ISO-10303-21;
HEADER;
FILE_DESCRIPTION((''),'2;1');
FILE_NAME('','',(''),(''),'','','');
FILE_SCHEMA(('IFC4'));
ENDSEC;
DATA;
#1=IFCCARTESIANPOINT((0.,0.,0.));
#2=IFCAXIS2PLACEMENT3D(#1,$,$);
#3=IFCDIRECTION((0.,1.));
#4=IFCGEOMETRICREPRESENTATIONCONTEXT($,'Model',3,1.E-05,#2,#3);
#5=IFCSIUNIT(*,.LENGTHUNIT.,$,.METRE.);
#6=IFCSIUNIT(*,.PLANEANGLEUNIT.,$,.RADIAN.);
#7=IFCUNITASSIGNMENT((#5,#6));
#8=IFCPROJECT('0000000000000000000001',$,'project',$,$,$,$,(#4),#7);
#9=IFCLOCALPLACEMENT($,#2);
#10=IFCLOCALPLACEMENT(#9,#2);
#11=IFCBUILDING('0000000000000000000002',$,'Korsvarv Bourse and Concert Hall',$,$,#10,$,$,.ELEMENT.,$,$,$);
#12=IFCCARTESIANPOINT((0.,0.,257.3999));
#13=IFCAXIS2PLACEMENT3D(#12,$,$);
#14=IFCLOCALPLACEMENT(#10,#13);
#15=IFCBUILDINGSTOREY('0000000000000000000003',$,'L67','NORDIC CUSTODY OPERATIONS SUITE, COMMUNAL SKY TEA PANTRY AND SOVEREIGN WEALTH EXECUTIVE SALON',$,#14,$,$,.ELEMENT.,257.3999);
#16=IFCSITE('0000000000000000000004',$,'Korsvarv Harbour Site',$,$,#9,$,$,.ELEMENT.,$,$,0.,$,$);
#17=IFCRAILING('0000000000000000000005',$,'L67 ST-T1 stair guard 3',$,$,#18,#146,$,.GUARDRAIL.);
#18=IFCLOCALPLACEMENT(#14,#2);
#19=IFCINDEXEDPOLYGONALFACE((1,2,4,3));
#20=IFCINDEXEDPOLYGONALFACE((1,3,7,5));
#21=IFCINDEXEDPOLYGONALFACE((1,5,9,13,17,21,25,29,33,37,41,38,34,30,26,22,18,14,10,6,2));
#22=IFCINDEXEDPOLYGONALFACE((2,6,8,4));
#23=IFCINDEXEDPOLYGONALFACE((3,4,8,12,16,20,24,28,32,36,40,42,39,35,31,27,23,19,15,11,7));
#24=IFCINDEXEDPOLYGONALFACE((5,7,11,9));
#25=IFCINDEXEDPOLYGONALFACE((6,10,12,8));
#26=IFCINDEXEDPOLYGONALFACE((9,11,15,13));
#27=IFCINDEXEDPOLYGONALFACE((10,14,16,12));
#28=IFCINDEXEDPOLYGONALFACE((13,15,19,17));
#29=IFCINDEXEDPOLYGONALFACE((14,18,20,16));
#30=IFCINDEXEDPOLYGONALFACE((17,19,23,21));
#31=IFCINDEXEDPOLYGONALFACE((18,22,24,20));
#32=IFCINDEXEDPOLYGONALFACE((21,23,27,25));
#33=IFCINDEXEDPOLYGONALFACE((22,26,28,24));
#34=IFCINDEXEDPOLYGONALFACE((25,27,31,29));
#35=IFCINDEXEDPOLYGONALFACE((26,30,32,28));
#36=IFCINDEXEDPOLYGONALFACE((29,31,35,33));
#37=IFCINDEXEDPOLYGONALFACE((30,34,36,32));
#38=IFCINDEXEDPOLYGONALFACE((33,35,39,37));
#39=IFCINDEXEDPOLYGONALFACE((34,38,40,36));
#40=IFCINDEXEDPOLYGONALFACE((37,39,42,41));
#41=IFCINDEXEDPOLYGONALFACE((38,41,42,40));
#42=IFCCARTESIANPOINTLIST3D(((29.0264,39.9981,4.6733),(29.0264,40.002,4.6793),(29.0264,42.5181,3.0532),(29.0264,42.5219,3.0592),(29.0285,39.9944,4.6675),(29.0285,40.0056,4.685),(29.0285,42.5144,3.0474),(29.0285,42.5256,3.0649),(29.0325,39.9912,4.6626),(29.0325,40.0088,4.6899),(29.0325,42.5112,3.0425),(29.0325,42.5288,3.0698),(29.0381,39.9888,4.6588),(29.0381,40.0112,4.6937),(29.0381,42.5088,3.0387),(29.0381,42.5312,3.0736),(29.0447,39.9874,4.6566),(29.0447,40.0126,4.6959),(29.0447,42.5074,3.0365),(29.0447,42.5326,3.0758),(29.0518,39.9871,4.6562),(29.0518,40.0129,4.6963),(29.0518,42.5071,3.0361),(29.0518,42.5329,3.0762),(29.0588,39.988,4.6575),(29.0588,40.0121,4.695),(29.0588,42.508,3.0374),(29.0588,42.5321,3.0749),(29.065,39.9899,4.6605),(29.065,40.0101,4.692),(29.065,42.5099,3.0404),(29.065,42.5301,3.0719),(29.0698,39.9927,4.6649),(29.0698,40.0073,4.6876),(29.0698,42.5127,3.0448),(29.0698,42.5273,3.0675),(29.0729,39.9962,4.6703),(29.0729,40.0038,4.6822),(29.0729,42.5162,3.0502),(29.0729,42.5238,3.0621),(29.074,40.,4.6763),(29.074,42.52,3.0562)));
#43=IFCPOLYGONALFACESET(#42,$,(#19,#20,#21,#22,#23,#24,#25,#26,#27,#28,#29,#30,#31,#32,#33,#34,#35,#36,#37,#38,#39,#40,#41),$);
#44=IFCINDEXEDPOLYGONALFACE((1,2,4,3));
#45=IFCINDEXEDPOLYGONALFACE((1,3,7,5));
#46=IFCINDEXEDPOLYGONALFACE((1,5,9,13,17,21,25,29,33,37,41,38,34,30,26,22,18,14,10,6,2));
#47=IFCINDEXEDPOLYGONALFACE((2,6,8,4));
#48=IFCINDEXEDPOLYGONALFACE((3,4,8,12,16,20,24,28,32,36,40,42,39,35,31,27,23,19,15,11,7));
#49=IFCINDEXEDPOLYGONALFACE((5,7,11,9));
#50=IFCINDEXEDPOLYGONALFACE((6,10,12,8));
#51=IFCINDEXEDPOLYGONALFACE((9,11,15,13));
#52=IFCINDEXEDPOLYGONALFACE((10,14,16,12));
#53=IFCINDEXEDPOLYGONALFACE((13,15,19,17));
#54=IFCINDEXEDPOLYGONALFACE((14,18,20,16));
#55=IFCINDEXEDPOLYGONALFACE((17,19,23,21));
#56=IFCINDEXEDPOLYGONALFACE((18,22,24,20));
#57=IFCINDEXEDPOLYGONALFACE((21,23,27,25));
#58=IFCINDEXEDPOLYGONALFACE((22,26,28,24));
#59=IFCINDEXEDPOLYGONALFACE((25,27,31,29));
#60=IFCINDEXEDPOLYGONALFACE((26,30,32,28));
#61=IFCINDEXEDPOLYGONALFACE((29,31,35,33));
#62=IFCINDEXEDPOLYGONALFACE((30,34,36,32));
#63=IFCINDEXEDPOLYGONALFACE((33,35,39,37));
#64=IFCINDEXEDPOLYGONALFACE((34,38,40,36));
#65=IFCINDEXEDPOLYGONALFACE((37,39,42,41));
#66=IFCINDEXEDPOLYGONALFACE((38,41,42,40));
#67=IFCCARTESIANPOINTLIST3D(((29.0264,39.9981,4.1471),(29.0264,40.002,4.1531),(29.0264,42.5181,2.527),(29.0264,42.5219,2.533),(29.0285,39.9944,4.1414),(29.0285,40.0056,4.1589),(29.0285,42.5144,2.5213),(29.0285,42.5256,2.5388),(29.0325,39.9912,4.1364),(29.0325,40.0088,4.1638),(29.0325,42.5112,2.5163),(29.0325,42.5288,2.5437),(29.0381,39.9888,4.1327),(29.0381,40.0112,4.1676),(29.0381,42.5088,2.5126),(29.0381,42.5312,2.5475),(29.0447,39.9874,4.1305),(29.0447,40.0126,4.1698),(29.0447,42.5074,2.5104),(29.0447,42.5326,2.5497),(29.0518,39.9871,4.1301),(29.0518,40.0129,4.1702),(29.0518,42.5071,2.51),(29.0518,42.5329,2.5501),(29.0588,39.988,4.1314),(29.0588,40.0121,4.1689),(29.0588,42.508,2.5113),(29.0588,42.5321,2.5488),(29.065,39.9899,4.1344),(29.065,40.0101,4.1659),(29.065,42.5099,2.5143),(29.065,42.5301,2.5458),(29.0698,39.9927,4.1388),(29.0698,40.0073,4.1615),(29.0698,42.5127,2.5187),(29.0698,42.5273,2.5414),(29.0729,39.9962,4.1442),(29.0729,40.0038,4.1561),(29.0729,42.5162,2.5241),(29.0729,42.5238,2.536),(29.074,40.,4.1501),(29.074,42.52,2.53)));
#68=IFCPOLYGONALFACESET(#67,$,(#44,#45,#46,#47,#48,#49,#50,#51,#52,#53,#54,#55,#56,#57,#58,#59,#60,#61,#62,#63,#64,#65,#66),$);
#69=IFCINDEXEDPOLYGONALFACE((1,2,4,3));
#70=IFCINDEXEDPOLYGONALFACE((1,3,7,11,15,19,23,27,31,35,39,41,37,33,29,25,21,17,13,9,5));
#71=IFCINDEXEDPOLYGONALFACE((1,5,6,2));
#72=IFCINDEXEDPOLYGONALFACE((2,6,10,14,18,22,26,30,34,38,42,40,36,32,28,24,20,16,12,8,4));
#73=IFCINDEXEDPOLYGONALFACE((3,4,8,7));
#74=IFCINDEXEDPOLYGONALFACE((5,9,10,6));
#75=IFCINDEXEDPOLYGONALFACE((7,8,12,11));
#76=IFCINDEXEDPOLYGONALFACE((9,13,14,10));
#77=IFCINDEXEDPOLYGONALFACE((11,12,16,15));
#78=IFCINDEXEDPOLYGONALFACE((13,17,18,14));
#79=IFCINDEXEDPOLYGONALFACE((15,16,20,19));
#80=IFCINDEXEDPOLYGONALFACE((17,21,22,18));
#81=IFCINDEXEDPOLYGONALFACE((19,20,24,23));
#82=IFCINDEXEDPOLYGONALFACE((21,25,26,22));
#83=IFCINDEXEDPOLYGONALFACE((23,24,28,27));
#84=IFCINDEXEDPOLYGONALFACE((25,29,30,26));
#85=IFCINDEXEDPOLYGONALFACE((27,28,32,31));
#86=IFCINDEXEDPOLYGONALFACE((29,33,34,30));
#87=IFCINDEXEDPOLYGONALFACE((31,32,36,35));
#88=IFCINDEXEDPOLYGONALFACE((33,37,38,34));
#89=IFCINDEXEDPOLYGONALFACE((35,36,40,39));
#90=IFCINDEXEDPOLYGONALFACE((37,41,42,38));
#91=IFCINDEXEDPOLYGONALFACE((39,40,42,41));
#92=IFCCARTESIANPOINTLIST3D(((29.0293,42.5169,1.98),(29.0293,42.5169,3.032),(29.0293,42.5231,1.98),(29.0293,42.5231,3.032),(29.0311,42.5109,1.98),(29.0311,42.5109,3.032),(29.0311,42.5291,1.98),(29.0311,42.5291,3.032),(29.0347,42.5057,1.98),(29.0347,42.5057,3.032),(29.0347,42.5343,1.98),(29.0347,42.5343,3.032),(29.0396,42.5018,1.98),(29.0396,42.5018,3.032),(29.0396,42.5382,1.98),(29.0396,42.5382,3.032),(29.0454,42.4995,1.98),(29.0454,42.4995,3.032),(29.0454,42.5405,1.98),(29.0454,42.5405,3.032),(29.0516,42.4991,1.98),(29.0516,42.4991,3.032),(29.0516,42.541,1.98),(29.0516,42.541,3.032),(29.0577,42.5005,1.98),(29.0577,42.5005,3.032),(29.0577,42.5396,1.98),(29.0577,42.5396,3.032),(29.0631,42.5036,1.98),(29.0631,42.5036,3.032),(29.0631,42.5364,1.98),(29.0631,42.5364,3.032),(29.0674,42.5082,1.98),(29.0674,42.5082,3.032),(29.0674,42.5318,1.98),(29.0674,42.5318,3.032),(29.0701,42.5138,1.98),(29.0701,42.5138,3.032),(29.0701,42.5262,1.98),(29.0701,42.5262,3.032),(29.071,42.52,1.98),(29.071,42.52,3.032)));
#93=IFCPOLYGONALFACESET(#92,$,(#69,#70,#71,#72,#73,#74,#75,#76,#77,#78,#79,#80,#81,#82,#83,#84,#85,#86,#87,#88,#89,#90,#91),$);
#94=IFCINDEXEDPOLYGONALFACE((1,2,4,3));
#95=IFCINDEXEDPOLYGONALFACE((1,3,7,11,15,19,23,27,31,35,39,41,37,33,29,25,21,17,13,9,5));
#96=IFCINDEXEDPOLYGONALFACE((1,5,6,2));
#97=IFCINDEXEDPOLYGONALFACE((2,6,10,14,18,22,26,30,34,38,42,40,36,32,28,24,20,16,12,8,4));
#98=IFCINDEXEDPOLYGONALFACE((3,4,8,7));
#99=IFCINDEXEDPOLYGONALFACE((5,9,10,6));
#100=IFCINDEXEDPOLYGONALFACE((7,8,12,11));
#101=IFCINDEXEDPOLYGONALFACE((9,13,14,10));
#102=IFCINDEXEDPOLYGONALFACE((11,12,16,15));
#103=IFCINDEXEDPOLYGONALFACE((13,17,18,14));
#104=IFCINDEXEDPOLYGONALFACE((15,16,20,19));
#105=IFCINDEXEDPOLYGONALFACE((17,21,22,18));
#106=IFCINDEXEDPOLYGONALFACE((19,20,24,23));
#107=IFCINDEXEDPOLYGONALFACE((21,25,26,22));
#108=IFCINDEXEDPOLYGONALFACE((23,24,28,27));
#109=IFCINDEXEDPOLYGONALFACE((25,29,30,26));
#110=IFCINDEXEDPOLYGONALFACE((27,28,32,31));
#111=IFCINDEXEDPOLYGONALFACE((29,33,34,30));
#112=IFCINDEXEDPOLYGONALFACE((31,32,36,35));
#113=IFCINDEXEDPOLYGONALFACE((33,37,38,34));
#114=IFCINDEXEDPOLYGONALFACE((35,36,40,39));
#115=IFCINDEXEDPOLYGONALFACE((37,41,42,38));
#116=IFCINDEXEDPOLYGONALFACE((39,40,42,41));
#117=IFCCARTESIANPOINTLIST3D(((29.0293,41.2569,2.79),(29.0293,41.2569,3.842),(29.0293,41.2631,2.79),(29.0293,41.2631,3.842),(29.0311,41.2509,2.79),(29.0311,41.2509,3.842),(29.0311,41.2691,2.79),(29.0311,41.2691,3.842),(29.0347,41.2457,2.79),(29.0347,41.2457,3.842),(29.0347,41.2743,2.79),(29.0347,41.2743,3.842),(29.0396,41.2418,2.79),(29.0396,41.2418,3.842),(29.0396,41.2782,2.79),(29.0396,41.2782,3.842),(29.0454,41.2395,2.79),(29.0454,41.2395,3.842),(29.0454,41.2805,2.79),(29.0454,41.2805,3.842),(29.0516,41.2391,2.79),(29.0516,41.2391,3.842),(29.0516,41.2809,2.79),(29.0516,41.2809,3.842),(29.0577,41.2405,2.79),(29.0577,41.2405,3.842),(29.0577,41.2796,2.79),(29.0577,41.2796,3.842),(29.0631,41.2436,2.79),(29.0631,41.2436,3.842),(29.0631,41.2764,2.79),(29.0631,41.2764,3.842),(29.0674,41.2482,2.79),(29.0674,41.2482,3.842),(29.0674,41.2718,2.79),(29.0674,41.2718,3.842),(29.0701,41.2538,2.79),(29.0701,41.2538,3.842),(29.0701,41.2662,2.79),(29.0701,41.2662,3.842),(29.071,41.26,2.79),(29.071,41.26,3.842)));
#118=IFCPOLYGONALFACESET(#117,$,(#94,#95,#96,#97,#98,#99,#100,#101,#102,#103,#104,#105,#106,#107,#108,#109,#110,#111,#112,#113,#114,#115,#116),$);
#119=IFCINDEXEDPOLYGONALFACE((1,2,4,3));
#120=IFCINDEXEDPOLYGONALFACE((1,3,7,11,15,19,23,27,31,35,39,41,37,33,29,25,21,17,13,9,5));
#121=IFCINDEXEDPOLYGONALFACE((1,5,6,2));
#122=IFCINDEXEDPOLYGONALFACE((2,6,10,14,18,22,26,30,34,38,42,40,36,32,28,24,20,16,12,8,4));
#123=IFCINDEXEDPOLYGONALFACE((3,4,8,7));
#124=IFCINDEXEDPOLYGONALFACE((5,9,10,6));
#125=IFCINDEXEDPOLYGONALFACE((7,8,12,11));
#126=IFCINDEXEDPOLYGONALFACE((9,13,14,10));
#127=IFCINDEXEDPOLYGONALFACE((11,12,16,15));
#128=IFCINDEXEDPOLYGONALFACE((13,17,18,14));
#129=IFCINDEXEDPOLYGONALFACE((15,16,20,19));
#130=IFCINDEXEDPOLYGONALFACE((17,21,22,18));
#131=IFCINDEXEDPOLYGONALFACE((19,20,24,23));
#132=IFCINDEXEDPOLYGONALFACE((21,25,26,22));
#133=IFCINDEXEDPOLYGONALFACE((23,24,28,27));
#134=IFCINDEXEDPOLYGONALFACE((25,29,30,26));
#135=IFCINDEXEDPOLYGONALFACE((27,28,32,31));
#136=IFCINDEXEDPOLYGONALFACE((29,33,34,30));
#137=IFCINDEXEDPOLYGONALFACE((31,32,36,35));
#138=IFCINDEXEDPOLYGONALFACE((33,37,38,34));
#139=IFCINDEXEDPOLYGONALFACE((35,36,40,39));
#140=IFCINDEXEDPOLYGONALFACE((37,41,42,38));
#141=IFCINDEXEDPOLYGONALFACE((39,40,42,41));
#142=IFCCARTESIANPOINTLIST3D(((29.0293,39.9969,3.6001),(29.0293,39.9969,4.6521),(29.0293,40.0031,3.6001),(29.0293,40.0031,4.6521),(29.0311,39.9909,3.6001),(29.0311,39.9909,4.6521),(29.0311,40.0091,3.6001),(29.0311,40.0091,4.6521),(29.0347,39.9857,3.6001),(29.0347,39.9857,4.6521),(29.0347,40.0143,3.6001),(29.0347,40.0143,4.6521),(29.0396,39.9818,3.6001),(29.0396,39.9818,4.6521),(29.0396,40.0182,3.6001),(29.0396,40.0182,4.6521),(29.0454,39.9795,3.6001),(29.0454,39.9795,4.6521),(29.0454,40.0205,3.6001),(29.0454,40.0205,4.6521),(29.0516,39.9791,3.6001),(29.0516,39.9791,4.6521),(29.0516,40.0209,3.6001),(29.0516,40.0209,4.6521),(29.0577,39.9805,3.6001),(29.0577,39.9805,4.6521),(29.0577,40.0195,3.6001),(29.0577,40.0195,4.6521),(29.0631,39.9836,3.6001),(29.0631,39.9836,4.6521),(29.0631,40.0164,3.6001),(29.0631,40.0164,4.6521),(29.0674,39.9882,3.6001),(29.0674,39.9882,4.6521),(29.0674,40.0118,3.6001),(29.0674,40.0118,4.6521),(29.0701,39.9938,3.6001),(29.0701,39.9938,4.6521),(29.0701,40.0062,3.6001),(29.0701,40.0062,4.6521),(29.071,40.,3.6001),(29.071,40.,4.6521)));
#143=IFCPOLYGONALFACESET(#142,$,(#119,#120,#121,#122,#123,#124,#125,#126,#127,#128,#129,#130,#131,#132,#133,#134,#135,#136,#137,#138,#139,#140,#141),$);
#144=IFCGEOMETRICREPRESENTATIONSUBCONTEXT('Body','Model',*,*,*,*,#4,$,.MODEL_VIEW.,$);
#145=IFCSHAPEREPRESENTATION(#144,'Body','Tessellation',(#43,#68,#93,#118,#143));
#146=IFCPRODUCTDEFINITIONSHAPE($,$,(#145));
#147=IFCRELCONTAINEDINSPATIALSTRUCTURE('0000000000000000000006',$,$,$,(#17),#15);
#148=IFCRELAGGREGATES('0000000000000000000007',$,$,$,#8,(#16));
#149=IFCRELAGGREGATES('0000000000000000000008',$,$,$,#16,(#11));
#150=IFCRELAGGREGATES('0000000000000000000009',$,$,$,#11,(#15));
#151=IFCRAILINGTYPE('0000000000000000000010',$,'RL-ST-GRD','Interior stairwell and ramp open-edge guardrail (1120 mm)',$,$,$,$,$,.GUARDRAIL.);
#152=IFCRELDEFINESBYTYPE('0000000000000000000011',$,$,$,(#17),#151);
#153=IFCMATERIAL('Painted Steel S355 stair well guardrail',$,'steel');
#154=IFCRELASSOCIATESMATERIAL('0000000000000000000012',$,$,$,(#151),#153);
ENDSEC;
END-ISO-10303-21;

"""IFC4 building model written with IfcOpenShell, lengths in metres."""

from ifc_helpers import new_model, si_unit, direction, frame, origin, origin_2d, place, context, subcontext, project, spatial, circle, extrude, material, type_object, element, save


model = new_model("IFC4")

# Units and contexts
model_context = context("Model", 3, precision=1e-05, world=origin(), true_north=direction((0.0, 1.0)))
body_context = subcontext(model_context, "Body", "Model", "MODEL_VIEW")
ifc_project = project(units=[si_unit("LENGTHUNIT", "METRE"), si_unit("PLANEANGLEUNIT", "RADIAN")], contexts=[model_context])

# Site, building, storey
site_placement = place(None, origin())
site = spatial("IfcSite", under=ifc_project, at=site_placement, Name="Korsvarv Harbour Site", CompositionType="ELEMENT", RefElevation=0.0)
building_placement = place(site_placement, origin())
building = spatial("IfcBuilding", under=site, at=building_placement, Name="Korsvarv Bourse and Concert Hall", CompositionType="ELEMENT")
storey_placement = place(building_placement, frame((0.0, 0.0, 257.3999)))
storey = spatial("IfcBuildingStorey", under=building, at=storey_placement, Name="L67", Description="NORDIC CUSTODY OPERATIONS SUITE, COMMUNAL SKY TEA PANTRY AND SOVEREIGN WEALTH EXECUTIVE SALON", CompositionType="ELEMENT", Elevation=257.3999)

# Railing
ifc_material_1 = material(Name="Painted Steel S355 stair well guardrail", Category="steel")
railing_type_1 = type_object("IfcRailingType", Name="RL-ST-GRD", Description="Interior stairwell and ramp open-edge guardrail (1120 mm)", PredefinedType="GUARDRAIL", material=ifc_material_1)
railing_1_placement = place(storey_placement, frame((29.05, 42.52, 1.98)))
element("IfcRailing", 1, at=railing_1_placement, inside=storey, type_object=railing_type_1, Name="L67 ST-T1 stair guard 3", PredefinedType="GUARDRAIL", context=body_context, shape_type="SweptSolid", body=[
    extrude(circle(Radius=0.0239, at=origin_2d()), frame((0.0, 0.0, 1.0762), z_axis=(0.0, -0.841163, 0.540782), x_axis=(1.0, 0.0, 0.0)), (0.0, 0.0, 1.0), 2.9958),
    extrude(circle(Radius=0.0239, at=origin_2d()), frame((0.0, 0.0, 0.55), z_axis=(0.0, -0.841163, 0.540782), x_axis=(1.0, 0.0, 0.0)), (0.0, 0.0, 1.0), 2.9958),
    extrude(circle(Radius=0.021, at=origin_2d()), origin(), (0.0, 0.0, 1.0), 1.052),
    extrude(circle(Radius=0.021, at=origin_2d()), frame((0.0, -1.26, 0.8101)), (0.0, 0.0, 1.0), 1.052),
    extrude(circle(Radius=0.021, at=origin_2d()), frame((0.0, -2.52, 1.6201)), (0.0, 0.0, 1.0), 1.052),
])

save(model, "model.ifc")
